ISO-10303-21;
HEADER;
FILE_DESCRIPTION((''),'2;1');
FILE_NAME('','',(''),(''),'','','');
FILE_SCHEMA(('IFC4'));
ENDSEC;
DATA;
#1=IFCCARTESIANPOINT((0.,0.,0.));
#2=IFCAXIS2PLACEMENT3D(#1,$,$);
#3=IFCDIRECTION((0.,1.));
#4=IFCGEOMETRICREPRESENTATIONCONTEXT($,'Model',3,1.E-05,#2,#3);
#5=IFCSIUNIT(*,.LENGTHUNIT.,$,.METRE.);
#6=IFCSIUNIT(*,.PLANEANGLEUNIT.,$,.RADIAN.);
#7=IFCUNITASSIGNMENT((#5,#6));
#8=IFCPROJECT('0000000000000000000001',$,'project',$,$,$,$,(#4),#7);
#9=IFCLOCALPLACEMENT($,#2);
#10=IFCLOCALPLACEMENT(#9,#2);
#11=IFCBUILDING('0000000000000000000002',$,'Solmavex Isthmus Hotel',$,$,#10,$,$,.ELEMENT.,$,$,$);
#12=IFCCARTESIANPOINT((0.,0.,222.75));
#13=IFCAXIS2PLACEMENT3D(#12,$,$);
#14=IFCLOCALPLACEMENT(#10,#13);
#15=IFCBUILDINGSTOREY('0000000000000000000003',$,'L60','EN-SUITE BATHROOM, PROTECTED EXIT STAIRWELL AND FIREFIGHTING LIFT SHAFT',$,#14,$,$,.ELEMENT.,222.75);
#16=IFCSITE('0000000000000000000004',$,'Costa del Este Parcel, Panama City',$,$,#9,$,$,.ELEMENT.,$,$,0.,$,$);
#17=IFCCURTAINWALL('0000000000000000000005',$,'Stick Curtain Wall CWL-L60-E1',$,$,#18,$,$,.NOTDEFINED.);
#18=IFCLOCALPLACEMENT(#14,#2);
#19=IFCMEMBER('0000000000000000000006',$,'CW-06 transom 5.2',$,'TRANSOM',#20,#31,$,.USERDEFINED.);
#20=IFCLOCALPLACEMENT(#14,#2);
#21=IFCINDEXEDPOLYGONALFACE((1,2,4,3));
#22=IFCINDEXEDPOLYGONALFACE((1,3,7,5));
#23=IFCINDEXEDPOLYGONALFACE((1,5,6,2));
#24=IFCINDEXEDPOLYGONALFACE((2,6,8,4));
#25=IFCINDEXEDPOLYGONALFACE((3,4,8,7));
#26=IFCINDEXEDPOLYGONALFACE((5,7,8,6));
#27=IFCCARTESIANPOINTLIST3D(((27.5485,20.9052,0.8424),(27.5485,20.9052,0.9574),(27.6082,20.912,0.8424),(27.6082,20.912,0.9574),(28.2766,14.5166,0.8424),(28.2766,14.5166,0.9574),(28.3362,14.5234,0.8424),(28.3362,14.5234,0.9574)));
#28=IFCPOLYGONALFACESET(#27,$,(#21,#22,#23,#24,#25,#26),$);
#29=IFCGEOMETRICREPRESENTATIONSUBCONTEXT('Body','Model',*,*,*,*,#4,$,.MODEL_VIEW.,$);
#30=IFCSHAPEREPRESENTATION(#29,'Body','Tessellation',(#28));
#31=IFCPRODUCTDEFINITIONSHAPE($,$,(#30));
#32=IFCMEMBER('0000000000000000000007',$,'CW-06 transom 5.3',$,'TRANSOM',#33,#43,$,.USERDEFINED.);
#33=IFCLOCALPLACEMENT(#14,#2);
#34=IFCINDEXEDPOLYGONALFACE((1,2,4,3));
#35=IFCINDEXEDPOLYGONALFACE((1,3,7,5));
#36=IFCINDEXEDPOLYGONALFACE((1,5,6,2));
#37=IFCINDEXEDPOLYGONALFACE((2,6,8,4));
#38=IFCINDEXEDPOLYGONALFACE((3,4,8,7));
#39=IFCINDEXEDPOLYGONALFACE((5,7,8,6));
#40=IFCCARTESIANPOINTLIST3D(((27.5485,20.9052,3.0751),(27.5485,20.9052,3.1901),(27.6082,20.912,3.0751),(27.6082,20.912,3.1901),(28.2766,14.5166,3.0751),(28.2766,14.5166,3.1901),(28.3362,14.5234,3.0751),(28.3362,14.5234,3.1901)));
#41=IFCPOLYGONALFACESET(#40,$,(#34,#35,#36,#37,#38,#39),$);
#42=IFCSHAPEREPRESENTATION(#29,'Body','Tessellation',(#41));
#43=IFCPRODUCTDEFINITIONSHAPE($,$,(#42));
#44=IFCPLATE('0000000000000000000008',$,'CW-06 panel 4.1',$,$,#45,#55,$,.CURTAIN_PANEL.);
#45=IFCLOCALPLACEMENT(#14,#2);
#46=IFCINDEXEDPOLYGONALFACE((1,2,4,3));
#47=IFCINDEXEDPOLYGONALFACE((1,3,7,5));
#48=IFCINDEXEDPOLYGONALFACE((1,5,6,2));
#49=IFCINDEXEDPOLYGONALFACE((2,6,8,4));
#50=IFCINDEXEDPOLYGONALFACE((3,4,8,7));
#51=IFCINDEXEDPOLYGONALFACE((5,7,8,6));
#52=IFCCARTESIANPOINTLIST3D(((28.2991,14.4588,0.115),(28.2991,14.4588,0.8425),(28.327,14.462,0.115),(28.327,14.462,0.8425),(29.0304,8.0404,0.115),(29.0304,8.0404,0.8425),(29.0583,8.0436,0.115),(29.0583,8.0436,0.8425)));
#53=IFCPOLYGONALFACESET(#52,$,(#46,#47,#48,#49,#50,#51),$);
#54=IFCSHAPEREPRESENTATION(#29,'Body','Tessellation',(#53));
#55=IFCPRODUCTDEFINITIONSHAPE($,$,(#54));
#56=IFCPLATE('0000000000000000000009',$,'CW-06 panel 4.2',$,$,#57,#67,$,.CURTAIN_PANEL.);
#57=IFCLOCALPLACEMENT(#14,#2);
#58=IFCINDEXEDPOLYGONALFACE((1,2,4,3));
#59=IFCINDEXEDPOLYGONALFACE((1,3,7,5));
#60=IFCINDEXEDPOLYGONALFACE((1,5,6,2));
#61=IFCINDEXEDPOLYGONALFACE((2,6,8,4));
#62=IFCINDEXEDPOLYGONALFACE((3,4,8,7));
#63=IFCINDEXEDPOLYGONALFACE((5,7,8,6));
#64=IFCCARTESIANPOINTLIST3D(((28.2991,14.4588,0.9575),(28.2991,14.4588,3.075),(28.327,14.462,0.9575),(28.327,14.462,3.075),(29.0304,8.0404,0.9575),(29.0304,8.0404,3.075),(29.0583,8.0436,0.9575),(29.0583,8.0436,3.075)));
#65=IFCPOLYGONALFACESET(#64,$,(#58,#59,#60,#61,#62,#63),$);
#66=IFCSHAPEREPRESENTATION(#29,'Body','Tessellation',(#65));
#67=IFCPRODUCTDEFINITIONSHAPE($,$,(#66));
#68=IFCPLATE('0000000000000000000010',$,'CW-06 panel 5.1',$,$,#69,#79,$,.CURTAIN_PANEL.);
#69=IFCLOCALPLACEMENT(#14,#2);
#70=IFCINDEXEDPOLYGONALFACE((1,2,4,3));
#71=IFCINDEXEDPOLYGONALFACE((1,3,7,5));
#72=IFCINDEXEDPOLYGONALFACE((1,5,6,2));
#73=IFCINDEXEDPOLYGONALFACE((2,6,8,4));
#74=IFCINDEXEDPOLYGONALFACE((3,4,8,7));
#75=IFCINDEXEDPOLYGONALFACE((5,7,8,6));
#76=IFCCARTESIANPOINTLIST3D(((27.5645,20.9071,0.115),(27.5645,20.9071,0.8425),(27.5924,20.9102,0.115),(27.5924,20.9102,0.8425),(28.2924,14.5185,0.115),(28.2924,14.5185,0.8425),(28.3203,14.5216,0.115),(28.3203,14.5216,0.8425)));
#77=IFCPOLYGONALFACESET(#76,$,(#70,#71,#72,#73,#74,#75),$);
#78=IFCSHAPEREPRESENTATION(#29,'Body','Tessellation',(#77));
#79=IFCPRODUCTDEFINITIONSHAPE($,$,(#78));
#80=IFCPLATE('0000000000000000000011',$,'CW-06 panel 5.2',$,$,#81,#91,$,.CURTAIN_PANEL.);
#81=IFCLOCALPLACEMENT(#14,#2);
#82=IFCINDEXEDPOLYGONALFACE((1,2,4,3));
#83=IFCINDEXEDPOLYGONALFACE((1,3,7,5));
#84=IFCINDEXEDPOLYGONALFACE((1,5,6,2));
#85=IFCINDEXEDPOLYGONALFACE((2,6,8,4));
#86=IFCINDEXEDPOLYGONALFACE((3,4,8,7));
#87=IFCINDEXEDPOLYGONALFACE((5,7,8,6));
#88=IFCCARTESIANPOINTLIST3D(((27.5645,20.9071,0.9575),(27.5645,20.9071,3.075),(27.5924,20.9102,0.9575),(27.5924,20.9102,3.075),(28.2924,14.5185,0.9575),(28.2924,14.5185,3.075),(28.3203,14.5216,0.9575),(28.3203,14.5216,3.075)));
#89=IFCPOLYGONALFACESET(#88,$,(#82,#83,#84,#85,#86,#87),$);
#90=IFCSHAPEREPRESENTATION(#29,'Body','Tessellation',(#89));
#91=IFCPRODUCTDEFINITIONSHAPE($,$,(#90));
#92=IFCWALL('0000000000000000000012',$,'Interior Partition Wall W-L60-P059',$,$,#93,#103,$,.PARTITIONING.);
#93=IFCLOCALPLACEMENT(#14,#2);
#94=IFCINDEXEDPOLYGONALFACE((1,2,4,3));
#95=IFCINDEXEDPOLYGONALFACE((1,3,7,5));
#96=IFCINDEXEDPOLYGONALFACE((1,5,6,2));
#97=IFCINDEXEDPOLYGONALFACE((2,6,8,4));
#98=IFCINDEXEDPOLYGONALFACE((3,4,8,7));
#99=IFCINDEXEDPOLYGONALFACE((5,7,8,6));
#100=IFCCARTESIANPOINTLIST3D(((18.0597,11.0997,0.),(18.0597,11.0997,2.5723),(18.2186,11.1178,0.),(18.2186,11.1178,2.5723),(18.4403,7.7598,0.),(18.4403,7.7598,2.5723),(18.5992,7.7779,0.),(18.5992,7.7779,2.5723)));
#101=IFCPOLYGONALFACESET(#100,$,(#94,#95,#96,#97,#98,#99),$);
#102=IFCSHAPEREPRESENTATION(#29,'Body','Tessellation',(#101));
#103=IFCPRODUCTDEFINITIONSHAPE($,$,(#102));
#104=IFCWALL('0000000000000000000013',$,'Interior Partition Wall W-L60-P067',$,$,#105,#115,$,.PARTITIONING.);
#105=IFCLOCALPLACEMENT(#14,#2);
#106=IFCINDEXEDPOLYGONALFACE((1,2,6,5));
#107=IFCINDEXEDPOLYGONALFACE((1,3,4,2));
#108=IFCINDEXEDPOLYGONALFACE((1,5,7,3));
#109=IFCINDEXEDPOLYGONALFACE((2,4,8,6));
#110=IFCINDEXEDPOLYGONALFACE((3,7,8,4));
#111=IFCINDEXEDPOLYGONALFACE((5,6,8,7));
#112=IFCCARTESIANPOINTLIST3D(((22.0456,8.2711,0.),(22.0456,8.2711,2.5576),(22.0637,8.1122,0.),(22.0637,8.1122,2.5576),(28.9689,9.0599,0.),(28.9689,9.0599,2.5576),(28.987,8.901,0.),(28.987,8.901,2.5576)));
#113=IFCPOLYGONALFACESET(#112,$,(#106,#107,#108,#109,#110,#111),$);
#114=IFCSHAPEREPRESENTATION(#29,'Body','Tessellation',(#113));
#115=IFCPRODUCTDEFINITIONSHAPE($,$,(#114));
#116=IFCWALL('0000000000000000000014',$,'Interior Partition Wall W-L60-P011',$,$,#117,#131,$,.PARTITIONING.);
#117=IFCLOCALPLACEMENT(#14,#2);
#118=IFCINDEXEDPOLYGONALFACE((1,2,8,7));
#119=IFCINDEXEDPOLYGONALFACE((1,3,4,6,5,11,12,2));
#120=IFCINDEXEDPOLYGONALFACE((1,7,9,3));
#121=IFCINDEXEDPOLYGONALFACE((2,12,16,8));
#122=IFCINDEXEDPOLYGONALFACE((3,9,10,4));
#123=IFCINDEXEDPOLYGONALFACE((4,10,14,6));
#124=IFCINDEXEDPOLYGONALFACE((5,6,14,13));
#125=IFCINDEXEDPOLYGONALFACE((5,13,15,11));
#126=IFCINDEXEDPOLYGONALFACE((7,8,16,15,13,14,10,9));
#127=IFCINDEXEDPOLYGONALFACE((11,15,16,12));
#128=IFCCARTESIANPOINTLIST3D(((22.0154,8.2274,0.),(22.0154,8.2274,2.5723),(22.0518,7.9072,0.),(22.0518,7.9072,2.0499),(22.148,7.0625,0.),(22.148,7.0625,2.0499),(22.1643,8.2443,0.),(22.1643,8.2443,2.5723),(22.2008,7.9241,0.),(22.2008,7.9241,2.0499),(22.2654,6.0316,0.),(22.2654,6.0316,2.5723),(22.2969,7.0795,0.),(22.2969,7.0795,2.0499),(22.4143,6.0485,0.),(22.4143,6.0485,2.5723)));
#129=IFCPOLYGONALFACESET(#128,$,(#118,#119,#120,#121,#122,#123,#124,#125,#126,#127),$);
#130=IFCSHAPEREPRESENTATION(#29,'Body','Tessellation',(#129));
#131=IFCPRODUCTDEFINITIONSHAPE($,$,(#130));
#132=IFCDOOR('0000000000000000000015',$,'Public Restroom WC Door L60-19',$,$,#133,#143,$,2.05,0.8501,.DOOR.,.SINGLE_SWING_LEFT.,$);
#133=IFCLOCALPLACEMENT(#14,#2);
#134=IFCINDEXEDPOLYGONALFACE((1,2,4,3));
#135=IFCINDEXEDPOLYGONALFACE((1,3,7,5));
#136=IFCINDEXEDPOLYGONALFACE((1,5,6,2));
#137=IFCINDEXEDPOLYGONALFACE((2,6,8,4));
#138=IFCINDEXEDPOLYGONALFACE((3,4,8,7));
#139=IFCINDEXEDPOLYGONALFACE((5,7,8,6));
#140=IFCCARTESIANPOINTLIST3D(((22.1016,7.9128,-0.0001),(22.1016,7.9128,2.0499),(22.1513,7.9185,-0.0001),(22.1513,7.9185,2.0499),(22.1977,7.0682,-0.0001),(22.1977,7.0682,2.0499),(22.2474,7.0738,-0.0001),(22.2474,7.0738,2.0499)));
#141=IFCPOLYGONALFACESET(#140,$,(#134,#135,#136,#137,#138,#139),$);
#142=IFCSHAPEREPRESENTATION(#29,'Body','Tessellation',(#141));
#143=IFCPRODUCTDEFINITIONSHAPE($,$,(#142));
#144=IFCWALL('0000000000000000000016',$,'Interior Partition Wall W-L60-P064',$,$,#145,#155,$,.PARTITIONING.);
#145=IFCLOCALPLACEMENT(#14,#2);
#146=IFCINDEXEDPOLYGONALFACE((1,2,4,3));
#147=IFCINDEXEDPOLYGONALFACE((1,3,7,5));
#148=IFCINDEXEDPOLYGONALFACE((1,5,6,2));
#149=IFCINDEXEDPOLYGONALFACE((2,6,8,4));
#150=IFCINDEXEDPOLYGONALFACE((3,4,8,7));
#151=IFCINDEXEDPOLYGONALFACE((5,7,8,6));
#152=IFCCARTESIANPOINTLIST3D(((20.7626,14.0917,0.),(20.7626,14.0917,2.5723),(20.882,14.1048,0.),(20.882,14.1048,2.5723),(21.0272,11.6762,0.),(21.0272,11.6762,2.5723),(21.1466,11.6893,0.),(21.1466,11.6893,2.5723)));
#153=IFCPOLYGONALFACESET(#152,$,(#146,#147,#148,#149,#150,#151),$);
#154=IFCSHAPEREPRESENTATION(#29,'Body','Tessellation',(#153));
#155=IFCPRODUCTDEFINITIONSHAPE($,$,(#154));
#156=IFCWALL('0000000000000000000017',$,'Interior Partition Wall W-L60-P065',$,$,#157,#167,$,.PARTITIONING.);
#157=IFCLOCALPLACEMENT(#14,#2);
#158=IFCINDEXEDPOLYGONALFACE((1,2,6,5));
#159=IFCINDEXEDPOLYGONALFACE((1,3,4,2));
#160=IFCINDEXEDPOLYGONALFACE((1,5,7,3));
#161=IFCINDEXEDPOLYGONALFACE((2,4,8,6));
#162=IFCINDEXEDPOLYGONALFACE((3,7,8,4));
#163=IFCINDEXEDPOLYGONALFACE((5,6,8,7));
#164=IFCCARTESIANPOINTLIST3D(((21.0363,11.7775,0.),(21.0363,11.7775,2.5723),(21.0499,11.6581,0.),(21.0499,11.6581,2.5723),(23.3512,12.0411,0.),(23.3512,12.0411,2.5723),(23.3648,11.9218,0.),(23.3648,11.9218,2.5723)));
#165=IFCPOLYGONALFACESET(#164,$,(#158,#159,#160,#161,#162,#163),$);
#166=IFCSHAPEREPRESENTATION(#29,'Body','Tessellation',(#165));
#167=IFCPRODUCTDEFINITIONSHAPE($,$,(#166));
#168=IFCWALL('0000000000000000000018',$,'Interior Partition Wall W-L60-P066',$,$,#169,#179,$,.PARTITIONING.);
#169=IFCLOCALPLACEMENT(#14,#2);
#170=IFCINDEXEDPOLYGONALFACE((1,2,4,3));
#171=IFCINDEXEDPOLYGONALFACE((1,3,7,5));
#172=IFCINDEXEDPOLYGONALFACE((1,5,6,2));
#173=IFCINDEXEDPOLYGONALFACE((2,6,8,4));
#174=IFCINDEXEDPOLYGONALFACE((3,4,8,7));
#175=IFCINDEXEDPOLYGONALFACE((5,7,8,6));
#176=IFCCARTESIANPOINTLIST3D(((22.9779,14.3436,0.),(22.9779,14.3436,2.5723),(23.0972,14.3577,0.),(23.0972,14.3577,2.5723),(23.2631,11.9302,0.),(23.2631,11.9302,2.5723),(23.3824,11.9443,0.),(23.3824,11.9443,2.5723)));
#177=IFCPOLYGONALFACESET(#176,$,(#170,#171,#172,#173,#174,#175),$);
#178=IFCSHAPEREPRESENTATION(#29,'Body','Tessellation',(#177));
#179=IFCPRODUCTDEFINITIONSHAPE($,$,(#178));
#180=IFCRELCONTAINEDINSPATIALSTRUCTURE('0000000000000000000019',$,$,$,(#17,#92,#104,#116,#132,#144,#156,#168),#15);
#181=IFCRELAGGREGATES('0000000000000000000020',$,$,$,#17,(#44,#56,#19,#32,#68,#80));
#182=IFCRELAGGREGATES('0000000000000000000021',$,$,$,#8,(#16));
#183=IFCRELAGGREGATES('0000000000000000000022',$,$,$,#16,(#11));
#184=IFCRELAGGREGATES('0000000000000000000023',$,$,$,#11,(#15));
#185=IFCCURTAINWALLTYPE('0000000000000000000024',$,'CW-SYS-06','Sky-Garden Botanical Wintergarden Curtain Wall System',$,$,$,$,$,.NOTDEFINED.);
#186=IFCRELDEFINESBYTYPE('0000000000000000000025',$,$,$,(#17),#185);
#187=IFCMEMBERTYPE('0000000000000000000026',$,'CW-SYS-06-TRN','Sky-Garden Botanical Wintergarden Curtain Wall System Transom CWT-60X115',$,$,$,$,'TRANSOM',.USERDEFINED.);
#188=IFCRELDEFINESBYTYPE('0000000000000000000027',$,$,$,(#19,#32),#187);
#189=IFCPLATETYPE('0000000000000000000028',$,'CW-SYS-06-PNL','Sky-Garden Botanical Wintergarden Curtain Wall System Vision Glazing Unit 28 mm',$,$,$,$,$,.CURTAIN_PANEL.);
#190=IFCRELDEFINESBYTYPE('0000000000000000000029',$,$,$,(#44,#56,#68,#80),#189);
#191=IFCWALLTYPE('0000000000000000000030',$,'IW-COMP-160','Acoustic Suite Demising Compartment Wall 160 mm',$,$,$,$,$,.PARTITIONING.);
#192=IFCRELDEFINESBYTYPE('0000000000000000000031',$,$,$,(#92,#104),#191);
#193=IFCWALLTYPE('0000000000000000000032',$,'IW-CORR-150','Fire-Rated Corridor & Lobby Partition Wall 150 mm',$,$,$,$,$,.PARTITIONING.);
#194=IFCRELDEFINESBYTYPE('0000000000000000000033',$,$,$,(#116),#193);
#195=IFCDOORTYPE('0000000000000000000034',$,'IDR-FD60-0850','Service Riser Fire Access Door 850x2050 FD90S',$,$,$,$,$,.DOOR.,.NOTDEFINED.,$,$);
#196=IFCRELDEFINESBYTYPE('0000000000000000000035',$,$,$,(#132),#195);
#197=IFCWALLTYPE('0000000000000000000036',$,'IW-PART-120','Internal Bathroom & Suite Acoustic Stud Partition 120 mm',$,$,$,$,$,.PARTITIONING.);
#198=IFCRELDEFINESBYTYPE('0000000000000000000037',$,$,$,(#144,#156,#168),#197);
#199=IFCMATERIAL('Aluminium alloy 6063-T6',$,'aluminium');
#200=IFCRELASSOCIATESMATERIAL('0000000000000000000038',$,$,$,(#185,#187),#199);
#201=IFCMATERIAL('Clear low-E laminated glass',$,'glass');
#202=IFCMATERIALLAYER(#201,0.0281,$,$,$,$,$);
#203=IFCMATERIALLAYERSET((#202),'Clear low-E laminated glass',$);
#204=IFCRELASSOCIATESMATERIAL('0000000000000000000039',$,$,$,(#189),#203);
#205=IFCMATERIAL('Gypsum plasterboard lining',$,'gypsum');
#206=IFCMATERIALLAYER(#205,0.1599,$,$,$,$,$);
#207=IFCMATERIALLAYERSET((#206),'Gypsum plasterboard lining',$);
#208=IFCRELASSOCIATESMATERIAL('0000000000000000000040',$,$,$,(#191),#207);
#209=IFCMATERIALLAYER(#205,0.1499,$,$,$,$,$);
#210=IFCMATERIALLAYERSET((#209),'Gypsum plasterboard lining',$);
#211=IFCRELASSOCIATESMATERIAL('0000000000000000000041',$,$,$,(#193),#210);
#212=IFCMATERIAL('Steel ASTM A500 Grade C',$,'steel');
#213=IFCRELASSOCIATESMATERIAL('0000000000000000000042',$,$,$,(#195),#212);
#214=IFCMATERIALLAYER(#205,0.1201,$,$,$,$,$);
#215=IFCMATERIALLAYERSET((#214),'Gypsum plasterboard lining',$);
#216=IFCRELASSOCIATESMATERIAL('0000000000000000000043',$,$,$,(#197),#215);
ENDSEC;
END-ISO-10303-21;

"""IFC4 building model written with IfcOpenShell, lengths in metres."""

from ifc_helpers import new_model, si_unit, direction, frame, frame_2d, origin, origin_2d, place, context, subcontext, project, spatial, rectangle, extrude, material, layer, layer_set, material_profile, profile_set, type_object, element, fill, aggregate, save


model = new_model("IFC4")

# Units and contexts
model_context = context("Model", 3, precision=1e-05, world=origin(), true_north=direction((0.0, 1.0)))
body_context = subcontext(model_context, "Body", "Model", "MODEL_VIEW")
ifc_project = project(units=[si_unit("LENGTHUNIT", "METRE"), si_unit("PLANEANGLEUNIT", "RADIAN")], contexts=[model_context])

# Site, building, storey
site_placement = place(None, origin())
site = spatial("IfcSite", under=ifc_project, at=site_placement, Name="Costa del Este Parcel, Panama City", CompositionType="ELEMENT", RefElevation=0.0)
building_placement = place(site_placement, origin())
building = spatial("IfcBuilding", under=site, at=building_placement, Name="Solmavex Isthmus Hotel", CompositionType="ELEMENT")
storey_placement = place(building_placement, frame((0.0, 0.0, 222.75)))
storey = spatial("IfcBuildingStorey", under=building, at=storey_placement, Name="L60", Description="EN-SUITE BATHROOM, PROTECTED EXIT STAIRWELL AND FIREFIGHTING LIFT SHAFT", CompositionType="ELEMENT", Elevation=222.75)

# Curtain wall, members, plates
ifc_material_1 = material(Name="Aluminium alloy 6063-T6", Category="aluminium")
curtain_wall_type = type_object("IfcCurtainWallType", Name="CW-SYS-06", Description="Sky-Garden Botanical Wintergarden Curtain Wall System", PredefinedType="NOTDEFINED", material=ifc_material_1)
curtain_wall_placement = place(storey_placement, origin())
curtain_wall = element("IfcCurtainWall", 1, at=curtain_wall_placement, inside=storey, type_object=curtain_wall_type, Name="Stick Curtain Wall CWL-L60-E1", PredefinedType="NOTDEFINED")
ifc_material_profile_1 = material_profile(ifc_material_1, rectangle(XDim=0.0601, YDim=0.115, at=origin_2d()), Name="CWT-60X115")
ifc_profile_set_1 = profile_set([ifc_material_profile_1], Name="Aluminium alloy 6063-T6")
member_type_1 = type_object("IfcMemberType", Name="CW-SYS-06-TRN", Description="Sky-Garden Botanical Wintergarden Curtain Wall System Transom CWT-60X115", ElementType="TRANSOM", PredefinedType="USERDEFINED", material=ifc_profile_set_1)
member_1_placement = place(storey_placement, frame((28.3064, 14.52, 0.8999), z_axis=(-0.113223, 0.99357, 0.0), x_axis=(-0.99357, -0.113223, 0.0)))
member_1 = element("IfcMember", 2, at=member_1_placement, type_object=member_type_1, Name="CW-06 transom 5.2", ObjectType="TRANSOM", PredefinedType="USERDEFINED", context=body_context, shape_type="SweptSolid", body=[
    extrude(rectangle(XDim=0.0601, YDim=0.115, at=origin_2d()), origin(), (0.0, 0.0, 1.0), 6.4299),
])
member_2_placement = place(storey_placement, frame((28.3064, 14.52, 3.1326), z_axis=(-0.113223, 0.99357, 0.0), x_axis=(-0.99357, -0.113223, 0.0)))
member_2 = element("IfcMember", 3, at=member_2_placement, type_object=member_type_1, Name="CW-06 transom 5.3", ObjectType="TRANSOM", PredefinedType="USERDEFINED", context=body_context, shape_type="SweptSolid", body=[
    extrude(rectangle(XDim=0.0601, YDim=0.115, at=origin_2d()), origin(), (0.0, 0.0, 1.0), 6.4299),
])
ifc_material_2 = material(Name="Clear low-E laminated glass", Category="glass")
ifc_layer_1 = layer(ifc_material_2, 0.0281)
ifc_layer_set_1 = layer_set([ifc_layer_1], Name="Clear low-E laminated glass")
plate_type = type_object("IfcPlateType", Name="CW-SYS-06-PNL", Description="Sky-Garden Botanical Wintergarden Curtain Wall System Vision Glazing Unit 28 mm", PredefinedType="CURTAIN_PANEL", material=ifc_layer_set_1)
plate_1_placement = place(storey_placement, frame((28.6787, 11.2512, 0.115), z_axis=(0.0, 0.0, 1.0), x_axis=(-0.113203, 0.993572, 0.0)))
plate_1 = element("IfcPlate", 4, at=plate_1_placement, type_object=plate_type, Name="CW-06 panel 4.1", PredefinedType="CURTAIN_PANEL", context=body_context, shape_type="SweptSolid", body=[
    extrude(rectangle(XDim=6.46, YDim=0.0281, at=origin_2d()), origin(), (0.0, 0.0, 1.0), 0.7275),
])
plate_2_placement = place(storey_placement, frame((28.6787, 11.2512, 0.9575), z_axis=(0.0, 0.0, 1.0), x_axis=(-0.113203, 0.993572, 0.0)))
plate_2 = element("IfcPlate", 5, at=plate_2_placement, type_object=plate_type, Name="CW-06 panel 4.2", PredefinedType="CURTAIN_PANEL", context=body_context, shape_type="SweptSolid", body=[
    extrude(rectangle(XDim=6.46, YDim=0.0281, at=origin_2d()), origin(), (0.0, 0.0, 1.0), 2.1174),
])
plate_3_placement = place(storey_placement, frame((27.9424, 17.7144, 0.115), z_axis=(0.0, 0.0, 1.0), x_axis=(-0.113203, 0.993572, 0.0)))
plate_3 = element("IfcPlate", 6, at=plate_3_placement, type_object=plate_type, Name="CW-06 panel 5.1", PredefinedType="CURTAIN_PANEL", context=body_context, shape_type="SweptSolid", body=[
    extrude(rectangle(XDim=6.4299, YDim=0.0281, at=origin_2d()), origin(), (0.0, 0.0, 1.0), 0.7275),
])
plate_4_placement = place(storey_placement, frame((27.9424, 17.7144, 0.9575), z_axis=(0.0, 0.0, 1.0), x_axis=(-0.113203, 0.993572, 0.0)))
plate_4 = element("IfcPlate", 7, at=plate_4_placement, type_object=plate_type, Name="CW-06 panel 5.2", PredefinedType="CURTAIN_PANEL", context=body_context, shape_type="SweptSolid", body=[
    extrude(rectangle(XDim=6.4299, YDim=0.0281, at=origin_2d()), origin(), (0.0, 0.0, 1.0), 2.1174),
])
aggregate(curtain_wall, [plate_1, plate_2, member_1, member_2, plate_3, plate_4])

# Wall
ifc_material_3 = material(Name="Gypsum plasterboard lining", Category="gypsum")
ifc_layer_2 = layer(ifc_material_3, 0.1599)
ifc_layer_set_2 = layer_set([ifc_layer_2], Name="Gypsum plasterboard lining")
wall_type_1 = type_object("IfcWallType", Name="IW-COMP-160", Description="Acoustic Suite Demising Compartment Wall 160 mm", PredefinedType="PARTITIONING", material=ifc_layer_set_2)
wall_1_placement = place(storey_placement, frame((18.1392, 11.1086, 0.0), z_axis=(0.0, 0.0, 1.0), x_axis=(0.113229, -0.993569, 0.0)))
element("IfcWall", 8, at=wall_1_placement, inside=storey, type_object=wall_type_1, Name="Interior Partition Wall W-L60-P059", PredefinedType="PARTITIONING", context=body_context, shape_type="SweptSolid", body=[
    extrude(rectangle(XDim=3.3616, YDim=0.1599, at=frame_2d((1.6807, 0.0))), origin(), (0.0, 0.0, 1.0), 2.5723),
])

# Wall
wall_2_placement = place(storey_placement, frame((28.9778, 8.9805, 0.0), z_axis=(0.0, 0.0, 1.0), x_axis=(-0.993572, -0.113204, 0.0)))
element("IfcWall", 9, at=wall_2_placement, inside=storey, type_object=wall_type_1, Name="Interior Partition Wall W-L60-P067", PredefinedType="PARTITIONING", context=body_context, shape_type="SweptSolid", body=[
    extrude(rectangle(XDim=6.968, YDim=0.1599, at=frame_2d((3.4839, 0.0))), origin(), (0.0, 0.0, 1.0), 2.5576),
])

# Wall, opening, door
ifc_layer_3 = layer(ifc_material_3, 0.1499)
ifc_layer_set_3 = layer_set([ifc_layer_3], Name="Gypsum plasterboard lining")
wall_type_2 = type_object("IfcWallType", Name="IW-CORR-150", Description="Fire-Rated Corridor & Lobby Partition Wall 150 mm", PredefinedType="PARTITIONING", material=ifc_layer_set_3)
wall_3_placement = place(storey_placement, frame((22.0898, 8.2358, 0.0), z_axis=(0.0, 0.0, 1.0), x_axis=(0.113123, -0.993581, 0.0)))
wall_3 = element("IfcWall", 10, at=wall_3_placement, inside=storey, type_object=wall_type_2, Name="Interior Partition Wall W-L60-P011", PredefinedType="PARTITIONING", context=body_context, shape_type="SweptSolid", body=[
    extrude(rectangle(XDim=2.21, YDim=0.1499, at=frame_2d((1.105, 0.0))), origin(), (0.0, 0.0, 1.0), 2.5723),
])
opening_1_placement = place(wall_3_placement, frame((0.3223, 0.0, 0.0)))
opening_1 = element("IfcOpeningElement", 11, at=opening_1_placement, cuts=wall_3, PredefinedType="OPENING", context=body_context, shape_type="SweptSolid", body=[
    extrude(rectangle(XDim=0.8501, YDim=2.05, at=frame_2d((0.425, 1.0249))), frame((0.0, 0.085, 0.0), z_axis=(0.0, -1.0, 0.0), x_axis=(1.0, 0.0, 0.0)), (0.0, 0.0, 1.0), 0.1699),
])
ifc_material_4 = material(Name="Steel ASTM A500 Grade C", Category="steel")
door_type_1 = type_object("IfcDoorType", Name="IDR-FD60-0850", Description="Service Riser Fire Access Door 850x2050 FD90S", OperationType="NOTDEFINED", PredefinedType="DOOR", material=ifc_material_4)
door_1_placement = place(opening_1_placement, frame((0.8501, 0.0, 0.0), z_axis=(0.0, 0.0, 1.0), x_axis=(-1.0, 0.0, 0.0)))
door_1 = element("IfcDoor", 12, at=door_1_placement, inside=storey, type_object=door_type_1, Name="Public Restroom WC Door L60-19", OperationType="SINGLE_SWING_LEFT", OverallHeight=2.05, OverallWidth=0.8501, PredefinedType="DOOR", context=body_context, shape_type="SweptSolid", body=[
    extrude(rectangle(XDim=0.8501, YDim=2.05, at=frame_2d((0.425, 1.0249))), frame((0.0, 0.0249, 0.0), z_axis=(0.0, -1.0, 0.0), x_axis=(1.0, 0.0, 0.0)), (0.0, 0.0, 1.0), 0.05),
])
fill(opening_1, door_1)

# Walls
ifc_layer_4 = layer(ifc_material_3, 0.1201)
ifc_layer_set_4 = layer_set([ifc_layer_4], Name="Gypsum plasterboard lining")
wall_type_3 = type_object("IfcWallType", Name="IW-PART-120", Description="Internal Bathroom & Suite Acoustic Stud Partition 120 mm", PredefinedType="PARTITIONING", material=ifc_layer_set_4)
wall_4_placement = place(storey_placement, frame((20.8223, 14.0981, 0.0), z_axis=(0.0, 0.0, 1.0), x_axis=(0.10891, -0.994052, 0.0)))
element("IfcWall", 13, at=wall_4_placement, inside=storey, type_object=wall_type_3, Name="Interior Partition Wall W-L60-P064", PredefinedType="PARTITIONING", context=body_context, shape_type="SweptSolid", body=[
    extrude(rectangle(XDim=2.4299, YDim=0.1201, at=frame_2d((1.2148, 0.0))), origin(), (0.0, 0.0, 1.0), 2.5723),
])
wall_5_placement = place(storey_placement, frame((21.043, 11.7178, 0.0), z_axis=(0.0, 0.0, 1.0), x_axis=(0.993576, 0.113168, 0.0)))
element("IfcWall", 14, at=wall_5_placement, inside=storey, type_object=wall_type_3, Name="Interior Partition Wall W-L60-P065", PredefinedType="PARTITIONING", context=body_context, shape_type="SweptSolid", body=[
    extrude(rectangle(XDim=2.3298, YDim=0.1201, at=frame_2d((1.165, 0.0))), origin(), (0.0, 0.0, 1.0), 2.5723),
])
wall_6_placement = place(storey_placement, frame((23.3228, 11.9373, 0.0), z_axis=(0.0, 0.0, 1.0), x_axis=(-0.117343, 0.993092, 0.0)))
element("IfcWall", 15, at=wall_6_placement, inside=storey, type_object=wall_type_3, Name="Interior Partition Wall W-L60-P066", PredefinedType="PARTITIONING", context=body_context, shape_type="SweptSolid", body=[
    extrude(rectangle(XDim=2.4302, YDim=0.1201, at=frame_2d((1.2151, 0.0))), origin(), (0.0, 0.0, 1.0), 2.5723),
])

save(model, "model.ifc")
